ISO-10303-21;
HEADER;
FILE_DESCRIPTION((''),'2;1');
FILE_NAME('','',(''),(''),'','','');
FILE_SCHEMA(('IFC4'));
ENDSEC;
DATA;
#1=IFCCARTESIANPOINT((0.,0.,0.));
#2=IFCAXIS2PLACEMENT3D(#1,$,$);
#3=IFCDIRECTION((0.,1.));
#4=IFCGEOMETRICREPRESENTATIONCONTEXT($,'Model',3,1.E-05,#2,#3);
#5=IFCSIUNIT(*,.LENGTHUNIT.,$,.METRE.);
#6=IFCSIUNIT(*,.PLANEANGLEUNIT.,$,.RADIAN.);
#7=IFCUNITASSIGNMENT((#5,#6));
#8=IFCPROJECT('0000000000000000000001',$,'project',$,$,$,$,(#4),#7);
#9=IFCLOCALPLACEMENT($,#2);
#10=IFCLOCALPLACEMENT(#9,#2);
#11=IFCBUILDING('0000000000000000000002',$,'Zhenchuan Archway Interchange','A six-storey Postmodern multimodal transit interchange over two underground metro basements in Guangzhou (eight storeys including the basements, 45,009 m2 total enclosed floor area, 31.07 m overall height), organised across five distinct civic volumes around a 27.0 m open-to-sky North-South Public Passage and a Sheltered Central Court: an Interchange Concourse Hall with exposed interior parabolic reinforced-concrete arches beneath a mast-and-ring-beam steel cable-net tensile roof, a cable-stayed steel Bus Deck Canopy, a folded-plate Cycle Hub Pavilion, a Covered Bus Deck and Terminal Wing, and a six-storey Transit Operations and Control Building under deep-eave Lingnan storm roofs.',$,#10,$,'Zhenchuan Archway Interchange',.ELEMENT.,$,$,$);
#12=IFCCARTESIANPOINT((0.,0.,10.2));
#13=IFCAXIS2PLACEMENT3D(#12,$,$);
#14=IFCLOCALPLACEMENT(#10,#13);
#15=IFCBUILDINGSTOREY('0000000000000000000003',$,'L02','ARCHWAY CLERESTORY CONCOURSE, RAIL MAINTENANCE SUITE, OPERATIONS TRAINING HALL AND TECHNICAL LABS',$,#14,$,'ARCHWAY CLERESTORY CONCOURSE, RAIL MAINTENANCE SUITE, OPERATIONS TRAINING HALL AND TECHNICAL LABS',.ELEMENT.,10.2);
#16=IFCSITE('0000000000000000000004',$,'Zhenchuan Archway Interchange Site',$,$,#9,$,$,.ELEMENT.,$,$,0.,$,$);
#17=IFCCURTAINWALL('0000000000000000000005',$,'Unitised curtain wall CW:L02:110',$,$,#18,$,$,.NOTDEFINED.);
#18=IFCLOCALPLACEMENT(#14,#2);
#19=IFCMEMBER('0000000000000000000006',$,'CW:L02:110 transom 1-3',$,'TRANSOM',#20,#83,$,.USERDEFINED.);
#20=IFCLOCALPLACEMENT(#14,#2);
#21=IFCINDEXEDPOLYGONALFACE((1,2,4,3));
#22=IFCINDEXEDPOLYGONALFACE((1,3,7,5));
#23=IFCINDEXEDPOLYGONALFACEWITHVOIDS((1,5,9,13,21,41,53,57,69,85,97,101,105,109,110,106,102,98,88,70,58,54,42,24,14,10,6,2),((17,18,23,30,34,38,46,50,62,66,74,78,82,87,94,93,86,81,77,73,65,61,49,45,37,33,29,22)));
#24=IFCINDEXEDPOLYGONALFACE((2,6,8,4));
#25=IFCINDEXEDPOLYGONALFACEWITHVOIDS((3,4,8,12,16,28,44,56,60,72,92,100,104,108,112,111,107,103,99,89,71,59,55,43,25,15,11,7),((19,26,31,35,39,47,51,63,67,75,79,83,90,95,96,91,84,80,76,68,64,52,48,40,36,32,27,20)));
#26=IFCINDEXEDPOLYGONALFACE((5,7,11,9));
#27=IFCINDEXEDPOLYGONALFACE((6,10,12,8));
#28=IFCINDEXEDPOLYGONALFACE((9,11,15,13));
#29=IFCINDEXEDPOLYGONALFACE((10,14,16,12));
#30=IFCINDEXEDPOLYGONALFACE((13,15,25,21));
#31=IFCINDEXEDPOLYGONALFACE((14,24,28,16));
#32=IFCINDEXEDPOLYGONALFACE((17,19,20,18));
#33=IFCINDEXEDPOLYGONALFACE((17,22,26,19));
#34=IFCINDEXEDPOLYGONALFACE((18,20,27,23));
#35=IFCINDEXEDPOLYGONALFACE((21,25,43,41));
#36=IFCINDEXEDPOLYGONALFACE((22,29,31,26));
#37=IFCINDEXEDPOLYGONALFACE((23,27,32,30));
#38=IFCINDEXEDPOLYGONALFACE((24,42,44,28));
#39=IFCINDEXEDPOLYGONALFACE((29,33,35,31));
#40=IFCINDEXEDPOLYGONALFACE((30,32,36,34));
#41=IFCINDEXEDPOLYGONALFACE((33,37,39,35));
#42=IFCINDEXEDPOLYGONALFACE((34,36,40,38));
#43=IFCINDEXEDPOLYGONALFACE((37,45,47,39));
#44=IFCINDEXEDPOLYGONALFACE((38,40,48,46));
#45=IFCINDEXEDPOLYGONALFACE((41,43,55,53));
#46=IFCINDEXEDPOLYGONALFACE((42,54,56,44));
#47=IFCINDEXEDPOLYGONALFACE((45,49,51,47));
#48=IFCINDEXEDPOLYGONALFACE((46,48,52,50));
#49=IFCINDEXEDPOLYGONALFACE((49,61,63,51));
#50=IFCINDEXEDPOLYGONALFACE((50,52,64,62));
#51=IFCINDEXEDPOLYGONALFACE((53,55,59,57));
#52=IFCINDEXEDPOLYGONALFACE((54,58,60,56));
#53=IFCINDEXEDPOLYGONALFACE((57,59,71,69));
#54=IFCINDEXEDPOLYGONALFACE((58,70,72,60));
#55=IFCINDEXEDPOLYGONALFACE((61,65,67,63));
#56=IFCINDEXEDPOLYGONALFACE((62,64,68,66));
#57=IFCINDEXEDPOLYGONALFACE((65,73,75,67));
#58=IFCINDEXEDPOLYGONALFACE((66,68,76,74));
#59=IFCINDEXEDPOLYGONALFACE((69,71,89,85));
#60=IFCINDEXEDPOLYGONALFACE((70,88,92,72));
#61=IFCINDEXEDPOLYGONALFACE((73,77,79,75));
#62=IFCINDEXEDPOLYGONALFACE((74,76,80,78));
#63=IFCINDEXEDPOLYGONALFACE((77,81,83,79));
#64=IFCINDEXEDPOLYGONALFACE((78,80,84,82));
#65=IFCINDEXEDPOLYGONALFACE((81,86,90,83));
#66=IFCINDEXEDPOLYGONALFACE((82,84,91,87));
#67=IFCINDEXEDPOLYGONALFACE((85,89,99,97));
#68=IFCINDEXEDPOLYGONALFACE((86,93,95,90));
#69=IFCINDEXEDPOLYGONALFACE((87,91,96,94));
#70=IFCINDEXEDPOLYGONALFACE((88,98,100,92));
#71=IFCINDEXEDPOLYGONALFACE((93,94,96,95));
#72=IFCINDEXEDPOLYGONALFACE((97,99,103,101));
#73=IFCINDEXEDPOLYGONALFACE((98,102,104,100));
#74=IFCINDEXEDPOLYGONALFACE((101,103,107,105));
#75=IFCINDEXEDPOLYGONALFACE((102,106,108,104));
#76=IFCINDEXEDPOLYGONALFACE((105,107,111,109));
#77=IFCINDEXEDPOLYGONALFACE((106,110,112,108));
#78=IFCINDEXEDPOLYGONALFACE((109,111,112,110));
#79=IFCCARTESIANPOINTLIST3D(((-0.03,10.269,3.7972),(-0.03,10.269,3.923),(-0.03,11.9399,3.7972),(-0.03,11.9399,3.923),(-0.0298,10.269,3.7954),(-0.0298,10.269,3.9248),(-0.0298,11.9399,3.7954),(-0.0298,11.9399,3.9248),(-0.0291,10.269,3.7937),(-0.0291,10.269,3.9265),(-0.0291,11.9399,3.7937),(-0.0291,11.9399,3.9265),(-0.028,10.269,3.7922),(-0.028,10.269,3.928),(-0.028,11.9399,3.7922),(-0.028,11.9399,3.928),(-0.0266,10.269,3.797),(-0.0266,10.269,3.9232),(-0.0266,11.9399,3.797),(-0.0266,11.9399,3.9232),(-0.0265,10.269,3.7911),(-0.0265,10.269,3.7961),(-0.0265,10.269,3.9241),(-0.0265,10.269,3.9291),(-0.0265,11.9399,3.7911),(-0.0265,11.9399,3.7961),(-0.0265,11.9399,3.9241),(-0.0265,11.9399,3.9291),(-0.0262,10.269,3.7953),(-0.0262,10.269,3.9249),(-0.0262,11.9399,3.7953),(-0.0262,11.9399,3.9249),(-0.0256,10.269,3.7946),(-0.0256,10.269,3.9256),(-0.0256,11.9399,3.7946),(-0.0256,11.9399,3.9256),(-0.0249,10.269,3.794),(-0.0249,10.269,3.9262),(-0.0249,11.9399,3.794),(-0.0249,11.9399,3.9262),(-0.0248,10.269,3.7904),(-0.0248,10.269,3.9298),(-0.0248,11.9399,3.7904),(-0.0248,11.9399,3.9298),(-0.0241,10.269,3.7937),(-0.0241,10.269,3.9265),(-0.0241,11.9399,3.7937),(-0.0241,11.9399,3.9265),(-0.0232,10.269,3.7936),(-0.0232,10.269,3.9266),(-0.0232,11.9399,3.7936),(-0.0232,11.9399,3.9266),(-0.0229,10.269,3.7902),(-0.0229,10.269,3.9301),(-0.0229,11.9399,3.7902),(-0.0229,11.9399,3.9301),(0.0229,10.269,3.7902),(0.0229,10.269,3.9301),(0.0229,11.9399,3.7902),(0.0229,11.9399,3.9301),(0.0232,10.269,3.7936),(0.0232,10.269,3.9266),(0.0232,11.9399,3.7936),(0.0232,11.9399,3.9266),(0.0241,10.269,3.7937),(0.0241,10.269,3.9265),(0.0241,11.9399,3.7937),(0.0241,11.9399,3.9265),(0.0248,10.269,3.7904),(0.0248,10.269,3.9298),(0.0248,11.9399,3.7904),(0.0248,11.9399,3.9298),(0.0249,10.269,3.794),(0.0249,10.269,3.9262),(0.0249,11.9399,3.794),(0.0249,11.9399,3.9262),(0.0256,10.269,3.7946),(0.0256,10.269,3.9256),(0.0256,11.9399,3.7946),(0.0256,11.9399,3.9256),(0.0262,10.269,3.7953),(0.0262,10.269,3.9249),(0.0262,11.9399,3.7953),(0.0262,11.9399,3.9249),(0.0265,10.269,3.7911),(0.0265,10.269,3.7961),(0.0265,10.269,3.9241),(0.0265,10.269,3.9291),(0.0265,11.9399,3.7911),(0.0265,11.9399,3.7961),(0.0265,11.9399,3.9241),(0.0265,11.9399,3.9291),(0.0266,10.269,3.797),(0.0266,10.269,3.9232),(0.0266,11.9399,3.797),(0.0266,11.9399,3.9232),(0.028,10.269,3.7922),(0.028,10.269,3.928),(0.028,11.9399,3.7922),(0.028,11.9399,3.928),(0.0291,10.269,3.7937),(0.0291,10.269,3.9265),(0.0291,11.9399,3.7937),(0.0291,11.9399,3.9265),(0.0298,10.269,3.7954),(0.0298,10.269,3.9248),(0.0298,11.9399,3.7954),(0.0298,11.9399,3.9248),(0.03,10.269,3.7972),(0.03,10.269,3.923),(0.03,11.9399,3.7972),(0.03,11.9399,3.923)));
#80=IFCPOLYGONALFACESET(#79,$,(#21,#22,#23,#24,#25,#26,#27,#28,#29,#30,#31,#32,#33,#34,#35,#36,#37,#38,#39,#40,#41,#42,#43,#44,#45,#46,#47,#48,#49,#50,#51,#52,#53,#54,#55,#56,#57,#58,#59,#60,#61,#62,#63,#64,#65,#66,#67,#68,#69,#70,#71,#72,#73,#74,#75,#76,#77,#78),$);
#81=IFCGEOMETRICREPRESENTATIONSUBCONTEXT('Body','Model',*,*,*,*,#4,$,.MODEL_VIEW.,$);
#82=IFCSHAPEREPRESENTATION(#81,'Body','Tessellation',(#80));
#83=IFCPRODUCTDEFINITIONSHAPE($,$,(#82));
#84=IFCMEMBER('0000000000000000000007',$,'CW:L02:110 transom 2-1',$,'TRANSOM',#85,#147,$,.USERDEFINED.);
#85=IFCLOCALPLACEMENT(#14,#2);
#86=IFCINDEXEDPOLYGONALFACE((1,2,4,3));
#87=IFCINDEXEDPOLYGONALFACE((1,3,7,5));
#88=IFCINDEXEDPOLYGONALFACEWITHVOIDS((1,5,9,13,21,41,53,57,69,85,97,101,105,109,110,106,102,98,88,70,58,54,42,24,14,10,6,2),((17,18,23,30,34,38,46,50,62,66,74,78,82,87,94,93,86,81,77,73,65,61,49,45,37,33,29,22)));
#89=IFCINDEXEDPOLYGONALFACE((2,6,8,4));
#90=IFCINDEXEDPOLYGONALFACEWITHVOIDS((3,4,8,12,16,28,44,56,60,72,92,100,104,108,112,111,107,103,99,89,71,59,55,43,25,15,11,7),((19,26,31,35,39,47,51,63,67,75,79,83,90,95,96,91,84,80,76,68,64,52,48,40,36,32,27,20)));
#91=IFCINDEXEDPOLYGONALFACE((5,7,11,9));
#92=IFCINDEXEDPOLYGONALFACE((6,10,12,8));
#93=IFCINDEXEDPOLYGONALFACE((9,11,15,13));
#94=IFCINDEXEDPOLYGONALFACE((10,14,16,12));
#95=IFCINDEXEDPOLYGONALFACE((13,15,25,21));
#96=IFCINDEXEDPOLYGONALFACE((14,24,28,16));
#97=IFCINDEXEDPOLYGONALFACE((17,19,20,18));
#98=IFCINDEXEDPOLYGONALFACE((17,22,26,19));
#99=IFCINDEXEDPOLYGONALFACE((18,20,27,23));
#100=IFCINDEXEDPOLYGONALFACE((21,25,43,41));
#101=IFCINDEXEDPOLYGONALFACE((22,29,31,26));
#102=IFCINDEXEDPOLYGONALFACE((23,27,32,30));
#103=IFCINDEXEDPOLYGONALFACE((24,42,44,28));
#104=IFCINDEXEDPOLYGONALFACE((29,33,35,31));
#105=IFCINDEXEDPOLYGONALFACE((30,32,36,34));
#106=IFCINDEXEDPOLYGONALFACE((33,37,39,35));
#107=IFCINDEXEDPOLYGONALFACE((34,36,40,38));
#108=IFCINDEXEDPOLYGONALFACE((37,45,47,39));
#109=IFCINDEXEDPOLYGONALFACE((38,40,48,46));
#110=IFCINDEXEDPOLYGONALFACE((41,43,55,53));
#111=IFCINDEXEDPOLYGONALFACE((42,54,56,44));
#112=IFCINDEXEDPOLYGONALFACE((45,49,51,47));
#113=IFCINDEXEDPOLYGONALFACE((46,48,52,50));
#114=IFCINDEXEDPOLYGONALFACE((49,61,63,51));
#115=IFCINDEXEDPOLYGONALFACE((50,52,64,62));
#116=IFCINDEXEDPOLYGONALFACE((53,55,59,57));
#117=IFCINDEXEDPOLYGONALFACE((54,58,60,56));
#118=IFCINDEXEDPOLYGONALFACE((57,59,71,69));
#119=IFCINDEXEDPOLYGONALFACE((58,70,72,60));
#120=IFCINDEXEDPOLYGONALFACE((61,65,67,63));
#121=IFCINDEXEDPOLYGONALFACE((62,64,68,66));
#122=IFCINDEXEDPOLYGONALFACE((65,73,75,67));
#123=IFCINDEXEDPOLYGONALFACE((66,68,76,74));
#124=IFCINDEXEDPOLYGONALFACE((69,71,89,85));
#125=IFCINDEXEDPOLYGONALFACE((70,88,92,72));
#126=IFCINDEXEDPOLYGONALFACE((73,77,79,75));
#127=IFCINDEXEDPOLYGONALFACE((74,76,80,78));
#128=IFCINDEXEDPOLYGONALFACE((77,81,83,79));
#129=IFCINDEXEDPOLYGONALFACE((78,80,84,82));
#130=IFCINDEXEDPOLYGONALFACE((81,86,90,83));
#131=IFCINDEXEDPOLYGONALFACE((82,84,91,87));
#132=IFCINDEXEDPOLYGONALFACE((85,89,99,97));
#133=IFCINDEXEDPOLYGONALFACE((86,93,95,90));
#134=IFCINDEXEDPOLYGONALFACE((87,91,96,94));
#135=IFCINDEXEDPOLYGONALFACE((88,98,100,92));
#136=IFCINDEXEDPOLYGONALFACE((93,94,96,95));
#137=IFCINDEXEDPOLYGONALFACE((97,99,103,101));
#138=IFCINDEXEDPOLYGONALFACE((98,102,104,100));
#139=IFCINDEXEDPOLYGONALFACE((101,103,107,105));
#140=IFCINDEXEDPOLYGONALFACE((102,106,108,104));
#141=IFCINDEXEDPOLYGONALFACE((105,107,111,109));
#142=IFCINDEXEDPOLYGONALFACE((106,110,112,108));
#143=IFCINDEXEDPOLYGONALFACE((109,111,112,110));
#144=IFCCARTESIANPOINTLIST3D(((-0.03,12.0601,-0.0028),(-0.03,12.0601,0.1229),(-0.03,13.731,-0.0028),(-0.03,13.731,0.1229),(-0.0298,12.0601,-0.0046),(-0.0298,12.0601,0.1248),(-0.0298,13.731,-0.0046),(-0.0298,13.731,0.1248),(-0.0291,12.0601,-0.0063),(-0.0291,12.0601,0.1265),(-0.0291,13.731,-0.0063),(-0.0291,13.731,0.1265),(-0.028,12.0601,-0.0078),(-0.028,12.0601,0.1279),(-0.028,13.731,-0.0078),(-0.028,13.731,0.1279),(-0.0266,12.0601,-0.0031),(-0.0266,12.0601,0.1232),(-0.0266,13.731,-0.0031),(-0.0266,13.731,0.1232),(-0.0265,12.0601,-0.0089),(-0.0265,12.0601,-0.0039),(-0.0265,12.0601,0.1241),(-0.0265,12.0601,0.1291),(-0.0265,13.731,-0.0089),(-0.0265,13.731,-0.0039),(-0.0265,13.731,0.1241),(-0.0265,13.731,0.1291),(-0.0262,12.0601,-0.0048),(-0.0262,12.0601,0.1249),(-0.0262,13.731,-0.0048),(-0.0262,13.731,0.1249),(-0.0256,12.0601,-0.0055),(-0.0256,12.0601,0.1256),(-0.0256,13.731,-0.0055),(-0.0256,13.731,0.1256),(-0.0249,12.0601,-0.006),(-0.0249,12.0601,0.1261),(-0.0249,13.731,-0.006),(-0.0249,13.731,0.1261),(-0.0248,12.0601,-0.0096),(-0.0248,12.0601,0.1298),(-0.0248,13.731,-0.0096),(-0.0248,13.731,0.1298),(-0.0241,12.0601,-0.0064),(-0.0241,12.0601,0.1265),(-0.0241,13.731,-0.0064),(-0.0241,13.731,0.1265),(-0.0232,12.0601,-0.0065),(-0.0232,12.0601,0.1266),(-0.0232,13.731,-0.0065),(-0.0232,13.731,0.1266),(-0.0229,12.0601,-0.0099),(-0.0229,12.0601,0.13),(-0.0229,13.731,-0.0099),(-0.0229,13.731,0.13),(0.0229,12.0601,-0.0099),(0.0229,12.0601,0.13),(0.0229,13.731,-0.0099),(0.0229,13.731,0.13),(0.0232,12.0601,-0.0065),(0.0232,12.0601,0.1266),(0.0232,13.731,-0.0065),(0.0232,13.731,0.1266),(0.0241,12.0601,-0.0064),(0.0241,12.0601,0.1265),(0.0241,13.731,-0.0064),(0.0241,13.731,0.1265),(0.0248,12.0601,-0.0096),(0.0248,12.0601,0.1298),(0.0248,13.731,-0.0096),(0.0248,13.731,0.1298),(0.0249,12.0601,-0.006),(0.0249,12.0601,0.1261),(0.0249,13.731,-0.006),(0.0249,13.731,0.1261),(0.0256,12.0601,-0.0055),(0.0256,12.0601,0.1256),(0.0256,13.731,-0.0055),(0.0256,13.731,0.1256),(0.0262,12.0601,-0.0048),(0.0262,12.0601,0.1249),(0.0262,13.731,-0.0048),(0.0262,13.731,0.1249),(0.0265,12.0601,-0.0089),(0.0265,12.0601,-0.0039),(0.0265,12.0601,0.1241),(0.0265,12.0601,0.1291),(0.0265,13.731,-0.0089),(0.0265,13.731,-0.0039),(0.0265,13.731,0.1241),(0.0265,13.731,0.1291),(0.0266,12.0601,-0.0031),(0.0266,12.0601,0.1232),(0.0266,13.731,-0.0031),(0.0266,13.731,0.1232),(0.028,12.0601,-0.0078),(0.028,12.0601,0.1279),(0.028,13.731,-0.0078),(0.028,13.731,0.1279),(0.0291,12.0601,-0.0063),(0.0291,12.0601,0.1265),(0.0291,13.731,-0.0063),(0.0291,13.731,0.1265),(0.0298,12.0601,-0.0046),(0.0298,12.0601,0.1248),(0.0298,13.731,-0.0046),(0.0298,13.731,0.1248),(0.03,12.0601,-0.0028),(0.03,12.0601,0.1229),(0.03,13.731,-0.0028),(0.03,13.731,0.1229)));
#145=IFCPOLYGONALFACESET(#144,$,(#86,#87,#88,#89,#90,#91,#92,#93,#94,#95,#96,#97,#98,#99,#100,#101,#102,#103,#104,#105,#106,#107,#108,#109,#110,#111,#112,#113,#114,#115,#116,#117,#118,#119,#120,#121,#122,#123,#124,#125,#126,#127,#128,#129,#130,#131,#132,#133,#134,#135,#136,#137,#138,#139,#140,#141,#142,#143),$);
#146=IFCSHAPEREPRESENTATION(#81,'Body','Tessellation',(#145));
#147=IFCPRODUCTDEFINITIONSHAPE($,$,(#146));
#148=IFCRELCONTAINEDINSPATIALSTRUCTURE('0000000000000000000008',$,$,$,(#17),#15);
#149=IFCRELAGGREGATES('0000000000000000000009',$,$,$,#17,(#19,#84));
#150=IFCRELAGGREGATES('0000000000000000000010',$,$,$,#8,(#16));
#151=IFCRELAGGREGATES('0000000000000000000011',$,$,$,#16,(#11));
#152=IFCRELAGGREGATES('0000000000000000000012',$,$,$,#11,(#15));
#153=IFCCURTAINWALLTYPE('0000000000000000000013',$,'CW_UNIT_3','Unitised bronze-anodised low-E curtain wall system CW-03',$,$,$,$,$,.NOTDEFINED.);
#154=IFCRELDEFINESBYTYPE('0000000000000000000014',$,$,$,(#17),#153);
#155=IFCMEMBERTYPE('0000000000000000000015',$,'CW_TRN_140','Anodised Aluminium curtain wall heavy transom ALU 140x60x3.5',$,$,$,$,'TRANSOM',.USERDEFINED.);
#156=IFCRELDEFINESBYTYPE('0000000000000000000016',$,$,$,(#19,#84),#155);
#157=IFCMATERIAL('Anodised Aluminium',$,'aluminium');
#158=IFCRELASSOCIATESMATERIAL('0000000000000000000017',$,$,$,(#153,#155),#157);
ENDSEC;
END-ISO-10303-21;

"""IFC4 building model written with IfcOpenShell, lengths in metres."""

from ifc_helpers import new_model, si_unit, direction, frame, origin, origin_2d, place, context, subcontext, project, spatial, hollow_rectangle, extrude, material, material_profile, profile_set, type_object, element, aggregate, save


model = new_model("IFC4")

# Units and contexts
model_context = context("Model", 3, precision=1e-05, world=origin(), true_north=direction((0.0, 1.0)))
body_context = subcontext(model_context, "Body", "Model", "MODEL_VIEW")
ifc_project = project(units=[si_unit("LENGTHUNIT", "METRE"), si_unit("PLANEANGLEUNIT", "RADIAN")], contexts=[model_context])

# Site, building, storey
site_placement = place(None, origin())
site = spatial("IfcSite", under=ifc_project, at=site_placement, Name="Zhenchuan Archway Interchange Site", CompositionType="ELEMENT", RefElevation=0.0)
building_placement = place(site_placement, origin())
building = spatial("IfcBuilding", under=site, at=building_placement, Name="Zhenchuan Archway Interchange", Description="A six-storey Postmodern multimodal transit interchange over two underground metro basements in Guangzhou (eight storeys including the basements, 45,009 m2 total enclosed floor area, 31.07 m overall height), organised across five distinct civic volumes around a 27.0 m open-to-sky North-South Public Passage and a Sheltered Central Court: an Interchange Concourse Hall with exposed interior parabolic reinforced-concrete arches beneath a mast-and-ring-beam steel cable-net tensile roof, a cable-stayed steel Bus Deck Canopy, a folded-plate Cycle Hub Pavilion, a Covered Bus Deck and Terminal Wing, and a six-storey Transit Operations and Control Building under deep-eave Lingnan storm roofs.", LongName="Zhenchuan Archway Interchange", CompositionType="ELEMENT")
storey_placement = place(building_placement, frame((0.0, 0.0, 10.2)))
storey = spatial("IfcBuildingStorey", under=building, at=storey_placement, Name="L02", Description="ARCHWAY CLERESTORY CONCOURSE, RAIL MAINTENANCE SUITE, OPERATIONS TRAINING HALL AND TECHNICAL LABS", LongName="ARCHWAY CLERESTORY CONCOURSE, RAIL MAINTENANCE SUITE, OPERATIONS TRAINING HALL AND TECHNICAL LABS", CompositionType="ELEMENT", Elevation=10.2)

# Curtain wall, members
ifc_material_1 = material(Name="Anodised Aluminium", Category="aluminium")
curtain_wall_type = type_object("IfcCurtainWallType", Name="CW_UNIT_3", Description="Unitised bronze-anodised low-E curtain wall system CW-03", PredefinedType="NOTDEFINED", material=ifc_material_1)
curtain_wall_placement = place(storey_placement, origin())
curtain_wall = element("IfcCurtainWall", 1, at=curtain_wall_placement, inside=storey, type_object=curtain_wall_type, Name="Unitised curtain wall CW:L02:110", PredefinedType="NOTDEFINED")
ifc_material_profile_1 = material_profile(ifc_material_1, hollow_rectangle(XDim=0.0601, YDim=0.1399, WallThickness=0.0034, InnerFilletRadius=0.0034, OuterFilletRadius=0.0071, at=origin_2d()), Name="ALU 140x60x3.5")
ifc_profile_set_1 = profile_set([ifc_material_profile_1], Name="Anodised Aluminium")
member_type_1 = type_object("IfcMemberType", Name="CW_TRN_140", Description="Anodised Aluminium curtain wall heavy transom ALU 140x60x3.5", ElementType="TRANSOM", PredefinedType="USERDEFINED", material=ifc_profile_set_1)
member_1_placement = place(storey_placement, frame((0.0, 10.269, 3.8601), z_axis=(0.0, 1.0, 0.0), x_axis=(-1.0, 0.0, 0.0)))
member_1 = element("IfcMember", 2, at=member_1_placement, type_object=member_type_1, Name="CW:L02:110 transom 1-3", ObjectType="TRANSOM", PredefinedType="USERDEFINED", context=body_context, shape_type="SweptSolid", body=[
    extrude(hollow_rectangle(XDim=0.0601, YDim=0.1399, WallThickness=0.0034, InnerFilletRadius=0.0034, OuterFilletRadius=0.0071, at=origin_2d()), origin(), (0.0, 0.0, 1.0), 1.6709),
])
member_2_placement = place(storey_placement, frame((0.0, 12.0601, 0.0601), z_axis=(0.0, 1.0, 0.0), x_axis=(-1.0, 0.0, 0.0)))
member_2 = element("IfcMember", 3, at=member_2_placement, type_object=member_type_1, Name="CW:L02:110 transom 2-1", ObjectType="TRANSOM", PredefinedType="USERDEFINED", context=body_context, shape_type="SweptSolid", body=[
    extrude(hollow_rectangle(XDim=0.0601, YDim=0.1399, WallThickness=0.0034, InnerFilletRadius=0.0034, OuterFilletRadius=0.0071, at=origin_2d()), origin(), (0.0, 0.0, 1.0), 1.6709),
])

aggregate(curtain_wall, [member_1, member_2])

save(model, "model.ifc")
